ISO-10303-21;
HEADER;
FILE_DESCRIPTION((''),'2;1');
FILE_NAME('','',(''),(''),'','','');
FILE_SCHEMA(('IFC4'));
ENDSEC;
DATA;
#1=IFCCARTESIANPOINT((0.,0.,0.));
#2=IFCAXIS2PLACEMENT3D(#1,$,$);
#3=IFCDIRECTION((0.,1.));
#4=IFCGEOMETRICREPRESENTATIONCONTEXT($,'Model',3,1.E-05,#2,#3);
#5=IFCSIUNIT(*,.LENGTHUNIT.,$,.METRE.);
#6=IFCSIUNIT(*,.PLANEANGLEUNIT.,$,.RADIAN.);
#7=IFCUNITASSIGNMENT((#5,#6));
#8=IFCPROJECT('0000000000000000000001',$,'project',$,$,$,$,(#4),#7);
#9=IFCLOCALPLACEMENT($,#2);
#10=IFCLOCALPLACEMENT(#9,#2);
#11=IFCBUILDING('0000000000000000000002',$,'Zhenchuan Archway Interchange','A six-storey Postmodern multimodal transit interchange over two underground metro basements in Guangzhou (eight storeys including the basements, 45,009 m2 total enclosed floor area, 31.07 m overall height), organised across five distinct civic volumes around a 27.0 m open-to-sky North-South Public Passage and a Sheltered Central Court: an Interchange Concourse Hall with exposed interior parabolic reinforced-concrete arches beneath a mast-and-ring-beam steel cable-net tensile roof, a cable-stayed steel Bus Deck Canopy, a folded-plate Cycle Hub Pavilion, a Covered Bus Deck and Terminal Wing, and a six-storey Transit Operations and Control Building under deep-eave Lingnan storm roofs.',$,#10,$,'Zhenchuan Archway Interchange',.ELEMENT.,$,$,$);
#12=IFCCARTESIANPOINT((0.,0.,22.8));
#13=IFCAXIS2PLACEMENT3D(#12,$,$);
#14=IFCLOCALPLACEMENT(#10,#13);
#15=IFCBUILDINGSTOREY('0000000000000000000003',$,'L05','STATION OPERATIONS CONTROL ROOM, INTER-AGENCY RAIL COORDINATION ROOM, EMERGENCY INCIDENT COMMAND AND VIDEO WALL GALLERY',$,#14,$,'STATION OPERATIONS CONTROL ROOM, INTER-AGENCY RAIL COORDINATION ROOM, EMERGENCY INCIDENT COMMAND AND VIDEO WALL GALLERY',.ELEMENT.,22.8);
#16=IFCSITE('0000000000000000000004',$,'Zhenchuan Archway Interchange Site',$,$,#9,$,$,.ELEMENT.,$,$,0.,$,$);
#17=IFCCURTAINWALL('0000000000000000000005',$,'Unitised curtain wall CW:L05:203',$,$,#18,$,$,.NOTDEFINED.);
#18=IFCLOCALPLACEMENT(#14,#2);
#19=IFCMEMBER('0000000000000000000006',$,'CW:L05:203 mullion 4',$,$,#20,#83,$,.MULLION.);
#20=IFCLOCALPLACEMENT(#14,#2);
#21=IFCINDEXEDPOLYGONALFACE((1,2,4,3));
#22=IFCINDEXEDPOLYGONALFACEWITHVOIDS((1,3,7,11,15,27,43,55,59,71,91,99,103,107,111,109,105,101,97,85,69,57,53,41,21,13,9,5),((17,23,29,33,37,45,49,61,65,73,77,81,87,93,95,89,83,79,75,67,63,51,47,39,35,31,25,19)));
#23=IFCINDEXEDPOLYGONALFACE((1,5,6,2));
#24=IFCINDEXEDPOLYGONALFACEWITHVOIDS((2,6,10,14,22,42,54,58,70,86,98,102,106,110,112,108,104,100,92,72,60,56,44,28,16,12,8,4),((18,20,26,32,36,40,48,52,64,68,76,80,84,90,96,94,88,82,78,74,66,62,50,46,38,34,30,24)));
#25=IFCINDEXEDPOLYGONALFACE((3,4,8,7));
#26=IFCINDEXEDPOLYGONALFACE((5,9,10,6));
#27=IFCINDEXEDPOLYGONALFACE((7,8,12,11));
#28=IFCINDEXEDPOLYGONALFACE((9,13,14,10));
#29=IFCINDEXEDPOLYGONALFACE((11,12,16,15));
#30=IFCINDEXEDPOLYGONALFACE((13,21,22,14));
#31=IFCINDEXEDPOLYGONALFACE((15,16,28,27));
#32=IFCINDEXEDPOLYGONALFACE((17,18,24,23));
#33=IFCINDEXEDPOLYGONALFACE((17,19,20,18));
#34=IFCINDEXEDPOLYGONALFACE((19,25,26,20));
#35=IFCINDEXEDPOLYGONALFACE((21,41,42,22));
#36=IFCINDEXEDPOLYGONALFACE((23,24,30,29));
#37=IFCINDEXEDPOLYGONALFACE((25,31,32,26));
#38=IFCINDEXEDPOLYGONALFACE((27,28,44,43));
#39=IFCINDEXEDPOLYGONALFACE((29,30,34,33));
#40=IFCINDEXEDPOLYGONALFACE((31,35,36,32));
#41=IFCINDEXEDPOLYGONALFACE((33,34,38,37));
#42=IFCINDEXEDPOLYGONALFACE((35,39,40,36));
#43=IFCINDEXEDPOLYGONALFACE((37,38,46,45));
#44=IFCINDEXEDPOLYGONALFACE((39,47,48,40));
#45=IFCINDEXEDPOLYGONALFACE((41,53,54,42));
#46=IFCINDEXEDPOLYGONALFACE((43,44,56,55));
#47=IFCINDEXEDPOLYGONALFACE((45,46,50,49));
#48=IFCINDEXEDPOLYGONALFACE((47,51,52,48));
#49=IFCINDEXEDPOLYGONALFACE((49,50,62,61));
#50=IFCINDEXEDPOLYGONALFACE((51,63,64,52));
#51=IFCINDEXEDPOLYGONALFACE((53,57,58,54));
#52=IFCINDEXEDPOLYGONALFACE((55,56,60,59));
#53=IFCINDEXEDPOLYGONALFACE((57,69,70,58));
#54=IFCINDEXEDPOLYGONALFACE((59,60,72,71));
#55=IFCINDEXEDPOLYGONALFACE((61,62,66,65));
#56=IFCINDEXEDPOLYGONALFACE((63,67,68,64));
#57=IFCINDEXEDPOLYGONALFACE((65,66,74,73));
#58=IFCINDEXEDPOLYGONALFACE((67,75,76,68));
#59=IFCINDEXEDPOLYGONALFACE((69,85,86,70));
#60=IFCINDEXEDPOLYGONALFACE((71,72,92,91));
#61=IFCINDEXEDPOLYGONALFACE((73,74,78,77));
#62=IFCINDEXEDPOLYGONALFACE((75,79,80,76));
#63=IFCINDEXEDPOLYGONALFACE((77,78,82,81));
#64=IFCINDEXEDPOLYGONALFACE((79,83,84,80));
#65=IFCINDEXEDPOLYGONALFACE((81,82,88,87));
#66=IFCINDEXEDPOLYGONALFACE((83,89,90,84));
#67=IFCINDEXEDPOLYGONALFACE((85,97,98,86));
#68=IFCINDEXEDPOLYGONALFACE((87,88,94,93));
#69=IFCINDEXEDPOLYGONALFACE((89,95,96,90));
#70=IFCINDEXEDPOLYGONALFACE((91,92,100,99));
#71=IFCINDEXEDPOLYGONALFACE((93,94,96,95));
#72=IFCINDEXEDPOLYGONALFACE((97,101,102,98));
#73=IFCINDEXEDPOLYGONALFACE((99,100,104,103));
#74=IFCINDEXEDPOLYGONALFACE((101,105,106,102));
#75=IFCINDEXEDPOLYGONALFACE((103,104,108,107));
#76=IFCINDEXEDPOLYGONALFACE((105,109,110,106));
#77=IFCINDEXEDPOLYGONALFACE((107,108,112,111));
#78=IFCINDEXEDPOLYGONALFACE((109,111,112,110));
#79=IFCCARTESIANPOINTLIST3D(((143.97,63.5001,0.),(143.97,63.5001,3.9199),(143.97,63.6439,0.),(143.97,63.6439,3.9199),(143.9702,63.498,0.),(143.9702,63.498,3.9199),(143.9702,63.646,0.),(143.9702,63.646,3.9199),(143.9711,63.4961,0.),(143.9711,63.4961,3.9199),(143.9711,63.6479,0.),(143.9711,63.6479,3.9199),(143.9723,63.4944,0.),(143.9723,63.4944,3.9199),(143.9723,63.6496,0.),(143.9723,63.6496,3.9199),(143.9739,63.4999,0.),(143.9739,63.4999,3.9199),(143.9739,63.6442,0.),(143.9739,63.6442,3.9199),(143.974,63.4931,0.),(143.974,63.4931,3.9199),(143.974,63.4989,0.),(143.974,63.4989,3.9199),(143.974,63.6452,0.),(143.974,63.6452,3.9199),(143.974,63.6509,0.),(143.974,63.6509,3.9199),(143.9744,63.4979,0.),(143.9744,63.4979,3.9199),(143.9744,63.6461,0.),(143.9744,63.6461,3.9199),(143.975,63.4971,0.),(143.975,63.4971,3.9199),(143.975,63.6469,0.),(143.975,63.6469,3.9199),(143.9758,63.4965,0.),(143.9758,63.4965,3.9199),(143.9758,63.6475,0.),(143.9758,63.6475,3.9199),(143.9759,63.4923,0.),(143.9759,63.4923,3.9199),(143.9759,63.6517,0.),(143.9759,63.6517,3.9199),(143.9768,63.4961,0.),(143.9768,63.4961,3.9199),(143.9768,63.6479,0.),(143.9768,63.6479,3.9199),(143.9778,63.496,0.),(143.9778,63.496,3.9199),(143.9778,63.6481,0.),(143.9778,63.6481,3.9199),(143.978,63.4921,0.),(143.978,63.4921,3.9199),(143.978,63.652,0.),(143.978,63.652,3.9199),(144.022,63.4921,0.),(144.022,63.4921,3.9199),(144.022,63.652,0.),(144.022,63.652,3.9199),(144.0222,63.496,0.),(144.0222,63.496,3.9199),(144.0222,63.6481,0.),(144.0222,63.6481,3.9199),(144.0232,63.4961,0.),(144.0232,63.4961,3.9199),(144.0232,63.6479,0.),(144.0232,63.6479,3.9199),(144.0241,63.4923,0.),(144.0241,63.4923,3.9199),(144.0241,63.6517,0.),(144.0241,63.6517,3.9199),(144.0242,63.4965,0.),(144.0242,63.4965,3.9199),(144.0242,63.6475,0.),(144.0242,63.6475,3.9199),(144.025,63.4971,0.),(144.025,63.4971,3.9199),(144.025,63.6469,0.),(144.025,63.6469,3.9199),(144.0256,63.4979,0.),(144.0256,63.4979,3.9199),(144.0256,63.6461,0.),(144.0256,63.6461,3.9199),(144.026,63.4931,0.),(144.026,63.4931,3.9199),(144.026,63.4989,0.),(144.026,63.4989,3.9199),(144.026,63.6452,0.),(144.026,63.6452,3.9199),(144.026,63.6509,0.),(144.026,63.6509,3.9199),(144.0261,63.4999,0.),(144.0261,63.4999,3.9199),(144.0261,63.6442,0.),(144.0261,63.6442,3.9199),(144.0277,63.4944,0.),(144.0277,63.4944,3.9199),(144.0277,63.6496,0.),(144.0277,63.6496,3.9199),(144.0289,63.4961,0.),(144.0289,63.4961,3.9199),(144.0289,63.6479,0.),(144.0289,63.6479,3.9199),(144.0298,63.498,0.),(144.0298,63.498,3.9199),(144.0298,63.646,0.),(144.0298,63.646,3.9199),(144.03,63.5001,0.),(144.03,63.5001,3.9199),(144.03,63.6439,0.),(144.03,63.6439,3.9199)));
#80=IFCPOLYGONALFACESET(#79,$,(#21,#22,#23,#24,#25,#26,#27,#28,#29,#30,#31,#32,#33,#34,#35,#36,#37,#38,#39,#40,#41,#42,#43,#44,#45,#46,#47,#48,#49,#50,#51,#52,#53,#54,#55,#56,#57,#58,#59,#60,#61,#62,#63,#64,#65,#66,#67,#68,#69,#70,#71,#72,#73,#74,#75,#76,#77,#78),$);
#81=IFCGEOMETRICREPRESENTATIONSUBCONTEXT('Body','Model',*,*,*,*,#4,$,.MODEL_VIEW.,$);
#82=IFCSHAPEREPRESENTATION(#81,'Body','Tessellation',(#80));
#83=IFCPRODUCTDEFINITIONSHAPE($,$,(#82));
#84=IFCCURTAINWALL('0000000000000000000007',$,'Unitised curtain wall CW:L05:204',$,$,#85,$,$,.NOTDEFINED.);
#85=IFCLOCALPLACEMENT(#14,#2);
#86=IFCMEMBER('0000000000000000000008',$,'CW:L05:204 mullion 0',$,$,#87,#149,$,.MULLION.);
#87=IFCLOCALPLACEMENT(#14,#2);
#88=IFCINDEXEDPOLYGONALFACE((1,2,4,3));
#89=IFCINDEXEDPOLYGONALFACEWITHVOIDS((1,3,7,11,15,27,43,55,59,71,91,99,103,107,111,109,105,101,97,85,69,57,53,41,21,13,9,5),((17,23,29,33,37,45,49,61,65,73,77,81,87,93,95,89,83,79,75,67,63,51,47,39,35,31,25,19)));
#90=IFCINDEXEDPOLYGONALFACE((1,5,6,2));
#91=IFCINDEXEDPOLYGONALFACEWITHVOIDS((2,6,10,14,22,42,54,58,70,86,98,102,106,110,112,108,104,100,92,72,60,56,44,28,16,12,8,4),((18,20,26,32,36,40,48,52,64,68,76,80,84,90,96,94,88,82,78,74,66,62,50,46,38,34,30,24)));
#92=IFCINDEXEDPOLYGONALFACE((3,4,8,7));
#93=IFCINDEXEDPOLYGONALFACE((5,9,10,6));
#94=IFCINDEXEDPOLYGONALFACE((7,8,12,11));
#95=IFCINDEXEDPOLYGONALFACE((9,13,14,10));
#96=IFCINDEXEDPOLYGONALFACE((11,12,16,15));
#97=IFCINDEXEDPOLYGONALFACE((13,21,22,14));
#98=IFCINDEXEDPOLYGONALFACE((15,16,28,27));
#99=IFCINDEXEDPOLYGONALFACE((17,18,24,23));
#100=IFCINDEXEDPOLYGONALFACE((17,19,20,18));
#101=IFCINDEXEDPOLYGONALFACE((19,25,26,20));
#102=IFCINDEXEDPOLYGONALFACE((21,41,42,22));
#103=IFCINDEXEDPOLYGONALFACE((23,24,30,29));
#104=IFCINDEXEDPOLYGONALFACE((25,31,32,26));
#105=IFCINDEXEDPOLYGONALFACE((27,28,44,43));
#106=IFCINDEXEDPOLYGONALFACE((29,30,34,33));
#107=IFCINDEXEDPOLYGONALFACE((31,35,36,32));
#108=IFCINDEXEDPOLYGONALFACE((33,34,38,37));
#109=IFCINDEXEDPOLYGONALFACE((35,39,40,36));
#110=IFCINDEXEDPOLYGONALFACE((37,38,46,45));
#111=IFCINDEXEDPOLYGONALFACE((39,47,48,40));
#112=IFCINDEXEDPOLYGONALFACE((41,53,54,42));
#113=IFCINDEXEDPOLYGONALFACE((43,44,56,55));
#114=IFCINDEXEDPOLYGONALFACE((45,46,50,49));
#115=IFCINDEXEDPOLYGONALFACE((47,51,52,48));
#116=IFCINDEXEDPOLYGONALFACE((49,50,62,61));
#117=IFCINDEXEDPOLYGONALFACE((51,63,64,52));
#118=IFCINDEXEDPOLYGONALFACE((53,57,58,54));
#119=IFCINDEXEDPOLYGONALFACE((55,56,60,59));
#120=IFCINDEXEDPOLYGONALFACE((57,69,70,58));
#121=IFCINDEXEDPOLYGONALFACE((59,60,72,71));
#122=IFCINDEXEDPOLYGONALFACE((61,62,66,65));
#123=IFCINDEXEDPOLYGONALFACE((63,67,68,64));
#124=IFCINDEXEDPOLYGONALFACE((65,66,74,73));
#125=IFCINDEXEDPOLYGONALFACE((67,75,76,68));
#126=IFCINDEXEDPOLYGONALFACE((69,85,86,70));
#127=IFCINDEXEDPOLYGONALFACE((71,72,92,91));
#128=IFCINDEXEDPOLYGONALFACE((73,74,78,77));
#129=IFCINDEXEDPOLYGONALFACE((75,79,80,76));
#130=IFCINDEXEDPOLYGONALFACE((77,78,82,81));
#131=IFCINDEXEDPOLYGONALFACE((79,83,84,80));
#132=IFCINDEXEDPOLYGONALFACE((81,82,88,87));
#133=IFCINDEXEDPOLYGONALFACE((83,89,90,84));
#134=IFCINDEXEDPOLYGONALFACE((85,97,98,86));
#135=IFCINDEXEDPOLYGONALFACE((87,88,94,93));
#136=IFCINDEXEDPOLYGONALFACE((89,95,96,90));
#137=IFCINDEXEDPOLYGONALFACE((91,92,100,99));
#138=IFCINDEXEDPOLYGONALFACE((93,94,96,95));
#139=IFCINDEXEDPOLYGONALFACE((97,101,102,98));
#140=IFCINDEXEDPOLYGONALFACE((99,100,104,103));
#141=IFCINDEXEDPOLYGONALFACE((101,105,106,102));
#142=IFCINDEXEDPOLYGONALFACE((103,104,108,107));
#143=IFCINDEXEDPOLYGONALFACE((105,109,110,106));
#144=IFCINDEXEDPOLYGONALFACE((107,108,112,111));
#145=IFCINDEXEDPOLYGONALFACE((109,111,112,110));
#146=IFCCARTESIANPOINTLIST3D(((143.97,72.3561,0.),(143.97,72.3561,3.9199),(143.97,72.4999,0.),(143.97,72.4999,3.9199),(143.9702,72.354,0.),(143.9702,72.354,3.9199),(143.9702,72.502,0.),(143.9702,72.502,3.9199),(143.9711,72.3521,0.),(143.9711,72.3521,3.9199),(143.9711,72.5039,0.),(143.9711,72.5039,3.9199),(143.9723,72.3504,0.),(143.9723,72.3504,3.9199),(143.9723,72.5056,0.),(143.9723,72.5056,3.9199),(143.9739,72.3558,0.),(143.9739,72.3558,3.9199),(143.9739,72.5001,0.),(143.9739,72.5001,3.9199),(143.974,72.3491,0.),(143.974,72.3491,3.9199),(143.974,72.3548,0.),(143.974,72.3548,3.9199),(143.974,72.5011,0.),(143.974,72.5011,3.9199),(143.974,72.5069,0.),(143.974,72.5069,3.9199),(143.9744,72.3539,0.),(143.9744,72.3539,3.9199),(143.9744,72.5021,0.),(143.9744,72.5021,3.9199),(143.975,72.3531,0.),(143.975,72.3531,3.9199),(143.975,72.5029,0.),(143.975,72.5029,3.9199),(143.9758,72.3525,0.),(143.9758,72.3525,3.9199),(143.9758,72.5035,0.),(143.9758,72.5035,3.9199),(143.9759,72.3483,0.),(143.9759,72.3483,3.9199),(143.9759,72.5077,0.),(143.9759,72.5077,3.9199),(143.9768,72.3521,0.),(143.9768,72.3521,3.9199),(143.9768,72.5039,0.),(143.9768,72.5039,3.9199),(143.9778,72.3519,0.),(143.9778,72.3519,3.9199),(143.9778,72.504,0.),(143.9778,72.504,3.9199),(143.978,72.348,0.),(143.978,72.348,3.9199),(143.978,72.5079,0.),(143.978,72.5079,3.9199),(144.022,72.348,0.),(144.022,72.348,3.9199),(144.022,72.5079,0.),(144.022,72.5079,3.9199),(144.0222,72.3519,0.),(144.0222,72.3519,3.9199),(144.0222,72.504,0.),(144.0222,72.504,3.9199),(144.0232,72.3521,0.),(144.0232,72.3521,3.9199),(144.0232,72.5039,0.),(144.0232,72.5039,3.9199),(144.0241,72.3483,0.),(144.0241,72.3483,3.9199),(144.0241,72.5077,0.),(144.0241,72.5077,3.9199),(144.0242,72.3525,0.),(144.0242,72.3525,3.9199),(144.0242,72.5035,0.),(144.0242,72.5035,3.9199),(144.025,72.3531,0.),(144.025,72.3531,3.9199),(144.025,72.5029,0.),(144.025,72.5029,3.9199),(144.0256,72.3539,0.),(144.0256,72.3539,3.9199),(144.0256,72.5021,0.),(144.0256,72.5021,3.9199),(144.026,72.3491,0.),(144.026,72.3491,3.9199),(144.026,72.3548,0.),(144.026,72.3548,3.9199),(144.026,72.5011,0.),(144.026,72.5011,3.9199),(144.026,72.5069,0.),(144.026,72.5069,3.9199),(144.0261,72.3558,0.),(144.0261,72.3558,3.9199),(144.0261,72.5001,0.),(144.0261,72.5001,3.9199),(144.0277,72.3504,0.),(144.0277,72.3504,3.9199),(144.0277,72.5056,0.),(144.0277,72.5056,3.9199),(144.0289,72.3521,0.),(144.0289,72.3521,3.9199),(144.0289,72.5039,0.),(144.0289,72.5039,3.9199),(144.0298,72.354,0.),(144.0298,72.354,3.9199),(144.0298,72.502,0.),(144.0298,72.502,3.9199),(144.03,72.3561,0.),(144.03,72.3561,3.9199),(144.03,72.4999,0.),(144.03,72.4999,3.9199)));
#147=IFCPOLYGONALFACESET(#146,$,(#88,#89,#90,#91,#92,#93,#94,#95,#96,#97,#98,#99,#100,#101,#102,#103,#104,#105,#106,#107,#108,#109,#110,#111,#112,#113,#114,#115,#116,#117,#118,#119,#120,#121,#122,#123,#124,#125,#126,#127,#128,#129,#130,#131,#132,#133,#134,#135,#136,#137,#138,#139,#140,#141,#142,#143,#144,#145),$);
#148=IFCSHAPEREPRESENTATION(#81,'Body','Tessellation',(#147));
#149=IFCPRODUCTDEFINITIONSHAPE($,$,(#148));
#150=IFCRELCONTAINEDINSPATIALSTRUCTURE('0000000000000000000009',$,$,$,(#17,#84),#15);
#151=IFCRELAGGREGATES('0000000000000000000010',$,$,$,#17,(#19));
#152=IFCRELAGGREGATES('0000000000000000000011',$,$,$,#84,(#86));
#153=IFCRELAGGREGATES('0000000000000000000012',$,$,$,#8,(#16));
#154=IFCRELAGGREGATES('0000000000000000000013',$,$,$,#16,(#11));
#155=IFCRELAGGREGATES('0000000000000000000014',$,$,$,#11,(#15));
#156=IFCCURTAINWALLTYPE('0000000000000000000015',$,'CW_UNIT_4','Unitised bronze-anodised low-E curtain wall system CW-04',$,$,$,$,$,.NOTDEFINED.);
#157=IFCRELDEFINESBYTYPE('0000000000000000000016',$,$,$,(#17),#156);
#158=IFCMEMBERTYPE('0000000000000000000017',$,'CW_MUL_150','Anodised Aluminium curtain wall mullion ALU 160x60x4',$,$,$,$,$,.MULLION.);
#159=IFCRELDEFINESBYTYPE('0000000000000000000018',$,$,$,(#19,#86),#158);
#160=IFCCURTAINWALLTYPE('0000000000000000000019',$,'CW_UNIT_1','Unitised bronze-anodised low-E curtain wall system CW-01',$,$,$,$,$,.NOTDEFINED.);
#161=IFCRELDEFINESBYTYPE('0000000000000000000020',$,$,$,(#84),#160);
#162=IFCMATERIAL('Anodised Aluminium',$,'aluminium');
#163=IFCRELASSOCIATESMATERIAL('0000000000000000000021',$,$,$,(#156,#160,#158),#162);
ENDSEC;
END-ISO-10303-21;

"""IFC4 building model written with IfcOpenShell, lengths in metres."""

from ifc_helpers import new_model, si_unit, direction, frame, origin, origin_2d, place, context, subcontext, project, spatial, hollow_rectangle, extrude, material, material_profile, profile_set, type_object, element, aggregate, save


model = new_model("IFC4")

# Units and contexts
model_context = context("Model", 3, precision=1e-05, world=origin(), true_north=direction((0.0, 1.0)))
body_context = subcontext(model_context, "Body", "Model", "MODEL_VIEW")
ifc_project = project(units=[si_unit("LENGTHUNIT", "METRE"), si_unit("PLANEANGLEUNIT", "RADIAN")], contexts=[model_context])

# Site, building, storey
site_placement = place(None, origin())
site = spatial("IfcSite", under=ifc_project, at=site_placement, Name="Zhenchuan Archway Interchange Site", CompositionType="ELEMENT", RefElevation=0.0)
building_placement = place(site_placement, origin())
building = spatial("IfcBuilding", under=site, at=building_placement, Name="Zhenchuan Archway Interchange", Description="A six-storey Postmodern multimodal transit interchange over two underground metro basements in Guangzhou (eight storeys including the basements, 45,009 m2 total enclosed floor area, 31.07 m overall height), organised across five distinct civic volumes around a 27.0 m open-to-sky North-South Public Passage and a Sheltered Central Court: an Interchange Concourse Hall with exposed interior parabolic reinforced-concrete arches beneath a mast-and-ring-beam steel cable-net tensile roof, a cable-stayed steel Bus Deck Canopy, a folded-plate Cycle Hub Pavilion, a Covered Bus Deck and Terminal Wing, and a six-storey Transit Operations and Control Building under deep-eave Lingnan storm roofs.", LongName="Zhenchuan Archway Interchange", CompositionType="ELEMENT")
storey_placement = place(building_placement, frame((0.0, 0.0, 22.8)))
storey = spatial("IfcBuildingStorey", under=building, at=storey_placement, Name="L05", Description="STATION OPERATIONS CONTROL ROOM, INTER-AGENCY RAIL COORDINATION ROOM, EMERGENCY INCIDENT COMMAND AND VIDEO WALL GALLERY", LongName="STATION OPERATIONS CONTROL ROOM, INTER-AGENCY RAIL COORDINATION ROOM, EMERGENCY INCIDENT COMMAND AND VIDEO WALL GALLERY", CompositionType="ELEMENT", Elevation=22.8)

# Curtain wall, member
ifc_material_1 = material(Name="Anodised Aluminium", Category="aluminium")
curtain_wall_type_1 = type_object("IfcCurtainWallType", Name="CW_UNIT_4", Description="Unitised bronze-anodised low-E curtain wall system CW-04", PredefinedType="NOTDEFINED", material=ifc_material_1)
curtain_wall_1_placement = place(storey_placement, origin())
curtain_wall_1 = element("IfcCurtainWall", 1, at=curtain_wall_1_placement, inside=storey, type_object=curtain_wall_type_1, Name="Unitised curtain wall CW:L05:203", PredefinedType="NOTDEFINED")
ifc_material_profile_1 = material_profile(ifc_material_1, hollow_rectangle(XDim=0.0601, YDim=0.1599, WallThickness=0.0039, InnerFilletRadius=0.0039, OuterFilletRadius=0.0081, at=origin_2d()), Name="ALU 160x60x4")
ifc_profile_set_1 = profile_set([ifc_material_profile_1], Name="Anodised Aluminium")
member_type_1 = type_object("IfcMemberType", Name="CW_MUL_150", Description="Anodised Aluminium curtain wall mullion ALU 160x60x4", PredefinedType="MULLION", material=ifc_profile_set_1)
member_1_placement = place(storey_placement, frame((144.0, 63.572, 0.0), z_axis=(0.0, 0.0, 1.0), x_axis=(1.0, 0.0, 0.0)))
member_1 = element("IfcMember", 2, at=member_1_placement, type_object=member_type_1, Name="CW:L05:203 mullion 4", PredefinedType="MULLION", context=body_context, shape_type="SweptSolid", body=[
    extrude(hollow_rectangle(XDim=0.0601, YDim=0.1599, WallThickness=0.0039, InnerFilletRadius=0.0039, OuterFilletRadius=0.0081, at=origin_2d()), origin(), (0.0, 0.0, 1.0), 3.9199),
])

# Curtain wall, member
curtain_wall_type_2 = type_object("IfcCurtainWallType", Name="CW_UNIT_1", Description="Unitised bronze-anodised low-E curtain wall system CW-01", PredefinedType="NOTDEFINED", material=ifc_material_1)
curtain_wall_2_placement = place(storey_placement, origin())
curtain_wall_2 = element("IfcCurtainWall", 3, at=curtain_wall_2_placement, inside=storey, type_object=curtain_wall_type_2, Name="Unitised curtain wall CW:L05:204", PredefinedType="NOTDEFINED")
member_2_placement = place(storey_placement, frame((144.0, 72.428, 0.0), z_axis=(0.0, 0.0, 1.0), x_axis=(1.0, 0.0, 0.0)))
member_2 = element("IfcMember", 4, at=member_2_placement, type_object=member_type_1, Name="CW:L05:204 mullion 0", PredefinedType="MULLION", context=body_context, shape_type="SweptSolid", body=[
    extrude(hollow_rectangle(XDim=0.0601, YDim=0.1599, WallThickness=0.0039, InnerFilletRadius=0.0039, OuterFilletRadius=0.0081, at=origin_2d()), origin(), (0.0, 0.0, 1.0), 3.9199),
])

aggregate(curtain_wall_1, [member_1])
aggregate(curtain_wall_2, [member_2])

save(model, "model.ifc")
